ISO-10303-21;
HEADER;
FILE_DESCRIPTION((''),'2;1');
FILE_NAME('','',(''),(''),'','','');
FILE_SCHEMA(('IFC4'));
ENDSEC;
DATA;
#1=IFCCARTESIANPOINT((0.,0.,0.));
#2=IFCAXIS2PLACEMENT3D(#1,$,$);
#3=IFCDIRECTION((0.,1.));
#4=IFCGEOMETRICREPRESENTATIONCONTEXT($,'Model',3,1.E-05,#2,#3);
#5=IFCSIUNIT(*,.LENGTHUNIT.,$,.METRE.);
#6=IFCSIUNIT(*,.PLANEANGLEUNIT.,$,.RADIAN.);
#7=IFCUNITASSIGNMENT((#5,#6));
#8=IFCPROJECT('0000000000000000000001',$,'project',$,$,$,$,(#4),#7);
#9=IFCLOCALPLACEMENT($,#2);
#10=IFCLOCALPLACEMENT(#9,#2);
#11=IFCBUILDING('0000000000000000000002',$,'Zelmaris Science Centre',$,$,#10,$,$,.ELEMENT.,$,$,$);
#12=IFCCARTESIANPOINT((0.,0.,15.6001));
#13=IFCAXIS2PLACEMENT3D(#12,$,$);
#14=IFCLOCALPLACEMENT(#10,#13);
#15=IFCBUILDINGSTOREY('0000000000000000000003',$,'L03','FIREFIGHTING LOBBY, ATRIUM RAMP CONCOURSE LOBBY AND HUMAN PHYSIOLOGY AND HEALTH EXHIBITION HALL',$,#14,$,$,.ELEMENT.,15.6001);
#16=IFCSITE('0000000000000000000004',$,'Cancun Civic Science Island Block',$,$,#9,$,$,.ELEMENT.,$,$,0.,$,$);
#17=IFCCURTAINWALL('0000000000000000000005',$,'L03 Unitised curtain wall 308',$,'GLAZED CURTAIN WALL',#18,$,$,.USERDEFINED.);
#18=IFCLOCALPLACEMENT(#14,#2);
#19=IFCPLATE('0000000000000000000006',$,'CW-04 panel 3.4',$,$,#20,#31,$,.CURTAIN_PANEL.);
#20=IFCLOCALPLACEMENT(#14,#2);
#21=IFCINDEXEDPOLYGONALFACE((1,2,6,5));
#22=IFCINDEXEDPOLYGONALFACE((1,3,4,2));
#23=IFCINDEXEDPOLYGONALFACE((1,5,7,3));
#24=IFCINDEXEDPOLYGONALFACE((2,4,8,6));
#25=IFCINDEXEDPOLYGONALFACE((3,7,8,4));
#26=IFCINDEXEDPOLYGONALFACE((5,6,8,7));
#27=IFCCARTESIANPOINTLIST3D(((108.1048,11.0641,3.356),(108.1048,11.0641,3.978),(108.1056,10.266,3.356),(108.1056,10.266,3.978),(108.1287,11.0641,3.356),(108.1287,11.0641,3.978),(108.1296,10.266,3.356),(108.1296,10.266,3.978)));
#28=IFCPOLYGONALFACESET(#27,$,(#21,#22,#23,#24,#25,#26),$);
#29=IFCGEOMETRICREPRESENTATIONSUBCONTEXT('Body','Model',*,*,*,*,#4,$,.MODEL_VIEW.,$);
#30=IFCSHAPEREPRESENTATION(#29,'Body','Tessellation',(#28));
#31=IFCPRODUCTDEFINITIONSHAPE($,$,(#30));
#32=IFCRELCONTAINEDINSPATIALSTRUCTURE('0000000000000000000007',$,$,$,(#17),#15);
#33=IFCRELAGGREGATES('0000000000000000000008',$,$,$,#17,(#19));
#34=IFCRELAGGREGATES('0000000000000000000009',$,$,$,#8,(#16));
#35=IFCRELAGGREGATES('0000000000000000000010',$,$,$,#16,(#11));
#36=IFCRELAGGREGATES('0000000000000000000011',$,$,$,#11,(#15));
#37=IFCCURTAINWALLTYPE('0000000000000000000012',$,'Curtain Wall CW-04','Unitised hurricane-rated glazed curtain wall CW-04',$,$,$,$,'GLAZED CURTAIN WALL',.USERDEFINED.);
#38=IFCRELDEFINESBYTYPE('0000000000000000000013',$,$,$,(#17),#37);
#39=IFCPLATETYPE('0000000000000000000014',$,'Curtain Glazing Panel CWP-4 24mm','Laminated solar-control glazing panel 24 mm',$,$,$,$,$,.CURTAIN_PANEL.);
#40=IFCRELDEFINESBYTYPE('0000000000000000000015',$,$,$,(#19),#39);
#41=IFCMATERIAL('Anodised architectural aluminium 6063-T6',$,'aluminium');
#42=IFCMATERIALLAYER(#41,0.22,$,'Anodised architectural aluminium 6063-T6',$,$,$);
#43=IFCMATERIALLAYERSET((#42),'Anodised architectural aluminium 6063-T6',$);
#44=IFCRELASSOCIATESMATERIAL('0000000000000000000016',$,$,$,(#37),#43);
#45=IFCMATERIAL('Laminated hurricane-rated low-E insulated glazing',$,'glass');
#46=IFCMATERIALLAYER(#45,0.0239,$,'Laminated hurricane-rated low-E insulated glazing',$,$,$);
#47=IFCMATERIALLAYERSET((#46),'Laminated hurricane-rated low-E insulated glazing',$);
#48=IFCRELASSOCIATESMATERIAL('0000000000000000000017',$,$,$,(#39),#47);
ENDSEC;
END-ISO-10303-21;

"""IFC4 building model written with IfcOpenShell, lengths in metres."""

from ifc_helpers import new_model, si_unit, direction, frame, origin, origin_2d, place, context, subcontext, project, spatial, rectangle, extrude, material, layer, layer_set, type_object, element, aggregate, save


model = new_model("IFC4")

# Units and contexts
model_context = context("Model", 3, precision=1e-05, world=origin(), true_north=direction((0.0, 1.0)))
body_context = subcontext(model_context, "Body", "Model", "MODEL_VIEW")
ifc_project = project(units=[si_unit("LENGTHUNIT", "METRE"), si_unit("PLANEANGLEUNIT", "RADIAN")], contexts=[model_context])

# Site, building, storey
site_placement = place(None, origin())
site = spatial("IfcSite", under=ifc_project, at=site_placement, Name="Cancun Civic Science Island Block", CompositionType="ELEMENT", RefElevation=0.0)
building_placement = place(site_placement, origin())
building = spatial("IfcBuilding", under=site, at=building_placement, Name="Zelmaris Science Centre", CompositionType="ELEMENT")
storey_placement = place(building_placement, frame((0.0, 0.0, 15.6001)))
storey = spatial("IfcBuildingStorey", under=building, at=storey_placement, Name="L03", Description="FIREFIGHTING LOBBY, ATRIUM RAMP CONCOURSE LOBBY AND HUMAN PHYSIOLOGY AND HEALTH EXHIBITION HALL", CompositionType="ELEMENT", Elevation=15.6001)

# Curtain wall
ifc_material_1 = material(Name="Anodised architectural aluminium 6063-T6", Category="aluminium")
ifc_layer_1 = layer(ifc_material_1, 0.22, Name="Anodised architectural aluminium 6063-T6")
ifc_layer_set_1 = layer_set([ifc_layer_1], Name="Anodised architectural aluminium 6063-T6")
curtain_wall_type = type_object("IfcCurtainWallType", Name="Curtain Wall CW-04", Description="Unitised hurricane-rated glazed curtain wall CW-04", ElementType="GLAZED CURTAIN WALL", PredefinedType="USERDEFINED", material=ifc_layer_set_1)
curtain_wall_placement = place(storey_placement, origin())
curtain_wall = element("IfcCurtainWall", 1, at=curtain_wall_placement, inside=storey, type_object=curtain_wall_type, Name="L03 Unitised curtain wall 308", ObjectType="GLAZED CURTAIN WALL", PredefinedType="USERDEFINED")

# Plate
ifc_material_2 = material(Name="Laminated hurricane-rated low-E insulated glazing", Category="glass")
ifc_layer_2 = layer(ifc_material_2, 0.0239, Name="Laminated hurricane-rated low-E insulated glazing")
ifc_layer_set_2 = layer_set([ifc_layer_2], Name="Laminated hurricane-rated low-E insulated glazing")
plate_type = type_object("IfcPlateType", Name="Curtain Glazing Panel CWP-4 24mm", Description="Laminated solar-control glazing panel 24 mm", PredefinedType="CURTAIN_PANEL", material=ifc_layer_set_2)
plate_1_placement = place(storey_placement, frame((108.1172, 10.665, 3.356), z_axis=(0.0, 0.0, 1.0), x_axis=(-0.001059, 0.999999, 0.0)))
plate_1 = element("IfcPlate", 2, at=plate_1_placement, type_object=plate_type, Name="CW-04 panel 3.4", PredefinedType="CURTAIN_PANEL", context=body_context, shape_type="SweptSolid", body=[
    extrude(rectangle(XDim=0.7981, YDim=0.0239, at=origin_2d()), origin(), (0.0, 0.0, 1.0), 0.6221),
])
aggregate(curtain_wall, [plate_1])

save(model, "model.ifc")
